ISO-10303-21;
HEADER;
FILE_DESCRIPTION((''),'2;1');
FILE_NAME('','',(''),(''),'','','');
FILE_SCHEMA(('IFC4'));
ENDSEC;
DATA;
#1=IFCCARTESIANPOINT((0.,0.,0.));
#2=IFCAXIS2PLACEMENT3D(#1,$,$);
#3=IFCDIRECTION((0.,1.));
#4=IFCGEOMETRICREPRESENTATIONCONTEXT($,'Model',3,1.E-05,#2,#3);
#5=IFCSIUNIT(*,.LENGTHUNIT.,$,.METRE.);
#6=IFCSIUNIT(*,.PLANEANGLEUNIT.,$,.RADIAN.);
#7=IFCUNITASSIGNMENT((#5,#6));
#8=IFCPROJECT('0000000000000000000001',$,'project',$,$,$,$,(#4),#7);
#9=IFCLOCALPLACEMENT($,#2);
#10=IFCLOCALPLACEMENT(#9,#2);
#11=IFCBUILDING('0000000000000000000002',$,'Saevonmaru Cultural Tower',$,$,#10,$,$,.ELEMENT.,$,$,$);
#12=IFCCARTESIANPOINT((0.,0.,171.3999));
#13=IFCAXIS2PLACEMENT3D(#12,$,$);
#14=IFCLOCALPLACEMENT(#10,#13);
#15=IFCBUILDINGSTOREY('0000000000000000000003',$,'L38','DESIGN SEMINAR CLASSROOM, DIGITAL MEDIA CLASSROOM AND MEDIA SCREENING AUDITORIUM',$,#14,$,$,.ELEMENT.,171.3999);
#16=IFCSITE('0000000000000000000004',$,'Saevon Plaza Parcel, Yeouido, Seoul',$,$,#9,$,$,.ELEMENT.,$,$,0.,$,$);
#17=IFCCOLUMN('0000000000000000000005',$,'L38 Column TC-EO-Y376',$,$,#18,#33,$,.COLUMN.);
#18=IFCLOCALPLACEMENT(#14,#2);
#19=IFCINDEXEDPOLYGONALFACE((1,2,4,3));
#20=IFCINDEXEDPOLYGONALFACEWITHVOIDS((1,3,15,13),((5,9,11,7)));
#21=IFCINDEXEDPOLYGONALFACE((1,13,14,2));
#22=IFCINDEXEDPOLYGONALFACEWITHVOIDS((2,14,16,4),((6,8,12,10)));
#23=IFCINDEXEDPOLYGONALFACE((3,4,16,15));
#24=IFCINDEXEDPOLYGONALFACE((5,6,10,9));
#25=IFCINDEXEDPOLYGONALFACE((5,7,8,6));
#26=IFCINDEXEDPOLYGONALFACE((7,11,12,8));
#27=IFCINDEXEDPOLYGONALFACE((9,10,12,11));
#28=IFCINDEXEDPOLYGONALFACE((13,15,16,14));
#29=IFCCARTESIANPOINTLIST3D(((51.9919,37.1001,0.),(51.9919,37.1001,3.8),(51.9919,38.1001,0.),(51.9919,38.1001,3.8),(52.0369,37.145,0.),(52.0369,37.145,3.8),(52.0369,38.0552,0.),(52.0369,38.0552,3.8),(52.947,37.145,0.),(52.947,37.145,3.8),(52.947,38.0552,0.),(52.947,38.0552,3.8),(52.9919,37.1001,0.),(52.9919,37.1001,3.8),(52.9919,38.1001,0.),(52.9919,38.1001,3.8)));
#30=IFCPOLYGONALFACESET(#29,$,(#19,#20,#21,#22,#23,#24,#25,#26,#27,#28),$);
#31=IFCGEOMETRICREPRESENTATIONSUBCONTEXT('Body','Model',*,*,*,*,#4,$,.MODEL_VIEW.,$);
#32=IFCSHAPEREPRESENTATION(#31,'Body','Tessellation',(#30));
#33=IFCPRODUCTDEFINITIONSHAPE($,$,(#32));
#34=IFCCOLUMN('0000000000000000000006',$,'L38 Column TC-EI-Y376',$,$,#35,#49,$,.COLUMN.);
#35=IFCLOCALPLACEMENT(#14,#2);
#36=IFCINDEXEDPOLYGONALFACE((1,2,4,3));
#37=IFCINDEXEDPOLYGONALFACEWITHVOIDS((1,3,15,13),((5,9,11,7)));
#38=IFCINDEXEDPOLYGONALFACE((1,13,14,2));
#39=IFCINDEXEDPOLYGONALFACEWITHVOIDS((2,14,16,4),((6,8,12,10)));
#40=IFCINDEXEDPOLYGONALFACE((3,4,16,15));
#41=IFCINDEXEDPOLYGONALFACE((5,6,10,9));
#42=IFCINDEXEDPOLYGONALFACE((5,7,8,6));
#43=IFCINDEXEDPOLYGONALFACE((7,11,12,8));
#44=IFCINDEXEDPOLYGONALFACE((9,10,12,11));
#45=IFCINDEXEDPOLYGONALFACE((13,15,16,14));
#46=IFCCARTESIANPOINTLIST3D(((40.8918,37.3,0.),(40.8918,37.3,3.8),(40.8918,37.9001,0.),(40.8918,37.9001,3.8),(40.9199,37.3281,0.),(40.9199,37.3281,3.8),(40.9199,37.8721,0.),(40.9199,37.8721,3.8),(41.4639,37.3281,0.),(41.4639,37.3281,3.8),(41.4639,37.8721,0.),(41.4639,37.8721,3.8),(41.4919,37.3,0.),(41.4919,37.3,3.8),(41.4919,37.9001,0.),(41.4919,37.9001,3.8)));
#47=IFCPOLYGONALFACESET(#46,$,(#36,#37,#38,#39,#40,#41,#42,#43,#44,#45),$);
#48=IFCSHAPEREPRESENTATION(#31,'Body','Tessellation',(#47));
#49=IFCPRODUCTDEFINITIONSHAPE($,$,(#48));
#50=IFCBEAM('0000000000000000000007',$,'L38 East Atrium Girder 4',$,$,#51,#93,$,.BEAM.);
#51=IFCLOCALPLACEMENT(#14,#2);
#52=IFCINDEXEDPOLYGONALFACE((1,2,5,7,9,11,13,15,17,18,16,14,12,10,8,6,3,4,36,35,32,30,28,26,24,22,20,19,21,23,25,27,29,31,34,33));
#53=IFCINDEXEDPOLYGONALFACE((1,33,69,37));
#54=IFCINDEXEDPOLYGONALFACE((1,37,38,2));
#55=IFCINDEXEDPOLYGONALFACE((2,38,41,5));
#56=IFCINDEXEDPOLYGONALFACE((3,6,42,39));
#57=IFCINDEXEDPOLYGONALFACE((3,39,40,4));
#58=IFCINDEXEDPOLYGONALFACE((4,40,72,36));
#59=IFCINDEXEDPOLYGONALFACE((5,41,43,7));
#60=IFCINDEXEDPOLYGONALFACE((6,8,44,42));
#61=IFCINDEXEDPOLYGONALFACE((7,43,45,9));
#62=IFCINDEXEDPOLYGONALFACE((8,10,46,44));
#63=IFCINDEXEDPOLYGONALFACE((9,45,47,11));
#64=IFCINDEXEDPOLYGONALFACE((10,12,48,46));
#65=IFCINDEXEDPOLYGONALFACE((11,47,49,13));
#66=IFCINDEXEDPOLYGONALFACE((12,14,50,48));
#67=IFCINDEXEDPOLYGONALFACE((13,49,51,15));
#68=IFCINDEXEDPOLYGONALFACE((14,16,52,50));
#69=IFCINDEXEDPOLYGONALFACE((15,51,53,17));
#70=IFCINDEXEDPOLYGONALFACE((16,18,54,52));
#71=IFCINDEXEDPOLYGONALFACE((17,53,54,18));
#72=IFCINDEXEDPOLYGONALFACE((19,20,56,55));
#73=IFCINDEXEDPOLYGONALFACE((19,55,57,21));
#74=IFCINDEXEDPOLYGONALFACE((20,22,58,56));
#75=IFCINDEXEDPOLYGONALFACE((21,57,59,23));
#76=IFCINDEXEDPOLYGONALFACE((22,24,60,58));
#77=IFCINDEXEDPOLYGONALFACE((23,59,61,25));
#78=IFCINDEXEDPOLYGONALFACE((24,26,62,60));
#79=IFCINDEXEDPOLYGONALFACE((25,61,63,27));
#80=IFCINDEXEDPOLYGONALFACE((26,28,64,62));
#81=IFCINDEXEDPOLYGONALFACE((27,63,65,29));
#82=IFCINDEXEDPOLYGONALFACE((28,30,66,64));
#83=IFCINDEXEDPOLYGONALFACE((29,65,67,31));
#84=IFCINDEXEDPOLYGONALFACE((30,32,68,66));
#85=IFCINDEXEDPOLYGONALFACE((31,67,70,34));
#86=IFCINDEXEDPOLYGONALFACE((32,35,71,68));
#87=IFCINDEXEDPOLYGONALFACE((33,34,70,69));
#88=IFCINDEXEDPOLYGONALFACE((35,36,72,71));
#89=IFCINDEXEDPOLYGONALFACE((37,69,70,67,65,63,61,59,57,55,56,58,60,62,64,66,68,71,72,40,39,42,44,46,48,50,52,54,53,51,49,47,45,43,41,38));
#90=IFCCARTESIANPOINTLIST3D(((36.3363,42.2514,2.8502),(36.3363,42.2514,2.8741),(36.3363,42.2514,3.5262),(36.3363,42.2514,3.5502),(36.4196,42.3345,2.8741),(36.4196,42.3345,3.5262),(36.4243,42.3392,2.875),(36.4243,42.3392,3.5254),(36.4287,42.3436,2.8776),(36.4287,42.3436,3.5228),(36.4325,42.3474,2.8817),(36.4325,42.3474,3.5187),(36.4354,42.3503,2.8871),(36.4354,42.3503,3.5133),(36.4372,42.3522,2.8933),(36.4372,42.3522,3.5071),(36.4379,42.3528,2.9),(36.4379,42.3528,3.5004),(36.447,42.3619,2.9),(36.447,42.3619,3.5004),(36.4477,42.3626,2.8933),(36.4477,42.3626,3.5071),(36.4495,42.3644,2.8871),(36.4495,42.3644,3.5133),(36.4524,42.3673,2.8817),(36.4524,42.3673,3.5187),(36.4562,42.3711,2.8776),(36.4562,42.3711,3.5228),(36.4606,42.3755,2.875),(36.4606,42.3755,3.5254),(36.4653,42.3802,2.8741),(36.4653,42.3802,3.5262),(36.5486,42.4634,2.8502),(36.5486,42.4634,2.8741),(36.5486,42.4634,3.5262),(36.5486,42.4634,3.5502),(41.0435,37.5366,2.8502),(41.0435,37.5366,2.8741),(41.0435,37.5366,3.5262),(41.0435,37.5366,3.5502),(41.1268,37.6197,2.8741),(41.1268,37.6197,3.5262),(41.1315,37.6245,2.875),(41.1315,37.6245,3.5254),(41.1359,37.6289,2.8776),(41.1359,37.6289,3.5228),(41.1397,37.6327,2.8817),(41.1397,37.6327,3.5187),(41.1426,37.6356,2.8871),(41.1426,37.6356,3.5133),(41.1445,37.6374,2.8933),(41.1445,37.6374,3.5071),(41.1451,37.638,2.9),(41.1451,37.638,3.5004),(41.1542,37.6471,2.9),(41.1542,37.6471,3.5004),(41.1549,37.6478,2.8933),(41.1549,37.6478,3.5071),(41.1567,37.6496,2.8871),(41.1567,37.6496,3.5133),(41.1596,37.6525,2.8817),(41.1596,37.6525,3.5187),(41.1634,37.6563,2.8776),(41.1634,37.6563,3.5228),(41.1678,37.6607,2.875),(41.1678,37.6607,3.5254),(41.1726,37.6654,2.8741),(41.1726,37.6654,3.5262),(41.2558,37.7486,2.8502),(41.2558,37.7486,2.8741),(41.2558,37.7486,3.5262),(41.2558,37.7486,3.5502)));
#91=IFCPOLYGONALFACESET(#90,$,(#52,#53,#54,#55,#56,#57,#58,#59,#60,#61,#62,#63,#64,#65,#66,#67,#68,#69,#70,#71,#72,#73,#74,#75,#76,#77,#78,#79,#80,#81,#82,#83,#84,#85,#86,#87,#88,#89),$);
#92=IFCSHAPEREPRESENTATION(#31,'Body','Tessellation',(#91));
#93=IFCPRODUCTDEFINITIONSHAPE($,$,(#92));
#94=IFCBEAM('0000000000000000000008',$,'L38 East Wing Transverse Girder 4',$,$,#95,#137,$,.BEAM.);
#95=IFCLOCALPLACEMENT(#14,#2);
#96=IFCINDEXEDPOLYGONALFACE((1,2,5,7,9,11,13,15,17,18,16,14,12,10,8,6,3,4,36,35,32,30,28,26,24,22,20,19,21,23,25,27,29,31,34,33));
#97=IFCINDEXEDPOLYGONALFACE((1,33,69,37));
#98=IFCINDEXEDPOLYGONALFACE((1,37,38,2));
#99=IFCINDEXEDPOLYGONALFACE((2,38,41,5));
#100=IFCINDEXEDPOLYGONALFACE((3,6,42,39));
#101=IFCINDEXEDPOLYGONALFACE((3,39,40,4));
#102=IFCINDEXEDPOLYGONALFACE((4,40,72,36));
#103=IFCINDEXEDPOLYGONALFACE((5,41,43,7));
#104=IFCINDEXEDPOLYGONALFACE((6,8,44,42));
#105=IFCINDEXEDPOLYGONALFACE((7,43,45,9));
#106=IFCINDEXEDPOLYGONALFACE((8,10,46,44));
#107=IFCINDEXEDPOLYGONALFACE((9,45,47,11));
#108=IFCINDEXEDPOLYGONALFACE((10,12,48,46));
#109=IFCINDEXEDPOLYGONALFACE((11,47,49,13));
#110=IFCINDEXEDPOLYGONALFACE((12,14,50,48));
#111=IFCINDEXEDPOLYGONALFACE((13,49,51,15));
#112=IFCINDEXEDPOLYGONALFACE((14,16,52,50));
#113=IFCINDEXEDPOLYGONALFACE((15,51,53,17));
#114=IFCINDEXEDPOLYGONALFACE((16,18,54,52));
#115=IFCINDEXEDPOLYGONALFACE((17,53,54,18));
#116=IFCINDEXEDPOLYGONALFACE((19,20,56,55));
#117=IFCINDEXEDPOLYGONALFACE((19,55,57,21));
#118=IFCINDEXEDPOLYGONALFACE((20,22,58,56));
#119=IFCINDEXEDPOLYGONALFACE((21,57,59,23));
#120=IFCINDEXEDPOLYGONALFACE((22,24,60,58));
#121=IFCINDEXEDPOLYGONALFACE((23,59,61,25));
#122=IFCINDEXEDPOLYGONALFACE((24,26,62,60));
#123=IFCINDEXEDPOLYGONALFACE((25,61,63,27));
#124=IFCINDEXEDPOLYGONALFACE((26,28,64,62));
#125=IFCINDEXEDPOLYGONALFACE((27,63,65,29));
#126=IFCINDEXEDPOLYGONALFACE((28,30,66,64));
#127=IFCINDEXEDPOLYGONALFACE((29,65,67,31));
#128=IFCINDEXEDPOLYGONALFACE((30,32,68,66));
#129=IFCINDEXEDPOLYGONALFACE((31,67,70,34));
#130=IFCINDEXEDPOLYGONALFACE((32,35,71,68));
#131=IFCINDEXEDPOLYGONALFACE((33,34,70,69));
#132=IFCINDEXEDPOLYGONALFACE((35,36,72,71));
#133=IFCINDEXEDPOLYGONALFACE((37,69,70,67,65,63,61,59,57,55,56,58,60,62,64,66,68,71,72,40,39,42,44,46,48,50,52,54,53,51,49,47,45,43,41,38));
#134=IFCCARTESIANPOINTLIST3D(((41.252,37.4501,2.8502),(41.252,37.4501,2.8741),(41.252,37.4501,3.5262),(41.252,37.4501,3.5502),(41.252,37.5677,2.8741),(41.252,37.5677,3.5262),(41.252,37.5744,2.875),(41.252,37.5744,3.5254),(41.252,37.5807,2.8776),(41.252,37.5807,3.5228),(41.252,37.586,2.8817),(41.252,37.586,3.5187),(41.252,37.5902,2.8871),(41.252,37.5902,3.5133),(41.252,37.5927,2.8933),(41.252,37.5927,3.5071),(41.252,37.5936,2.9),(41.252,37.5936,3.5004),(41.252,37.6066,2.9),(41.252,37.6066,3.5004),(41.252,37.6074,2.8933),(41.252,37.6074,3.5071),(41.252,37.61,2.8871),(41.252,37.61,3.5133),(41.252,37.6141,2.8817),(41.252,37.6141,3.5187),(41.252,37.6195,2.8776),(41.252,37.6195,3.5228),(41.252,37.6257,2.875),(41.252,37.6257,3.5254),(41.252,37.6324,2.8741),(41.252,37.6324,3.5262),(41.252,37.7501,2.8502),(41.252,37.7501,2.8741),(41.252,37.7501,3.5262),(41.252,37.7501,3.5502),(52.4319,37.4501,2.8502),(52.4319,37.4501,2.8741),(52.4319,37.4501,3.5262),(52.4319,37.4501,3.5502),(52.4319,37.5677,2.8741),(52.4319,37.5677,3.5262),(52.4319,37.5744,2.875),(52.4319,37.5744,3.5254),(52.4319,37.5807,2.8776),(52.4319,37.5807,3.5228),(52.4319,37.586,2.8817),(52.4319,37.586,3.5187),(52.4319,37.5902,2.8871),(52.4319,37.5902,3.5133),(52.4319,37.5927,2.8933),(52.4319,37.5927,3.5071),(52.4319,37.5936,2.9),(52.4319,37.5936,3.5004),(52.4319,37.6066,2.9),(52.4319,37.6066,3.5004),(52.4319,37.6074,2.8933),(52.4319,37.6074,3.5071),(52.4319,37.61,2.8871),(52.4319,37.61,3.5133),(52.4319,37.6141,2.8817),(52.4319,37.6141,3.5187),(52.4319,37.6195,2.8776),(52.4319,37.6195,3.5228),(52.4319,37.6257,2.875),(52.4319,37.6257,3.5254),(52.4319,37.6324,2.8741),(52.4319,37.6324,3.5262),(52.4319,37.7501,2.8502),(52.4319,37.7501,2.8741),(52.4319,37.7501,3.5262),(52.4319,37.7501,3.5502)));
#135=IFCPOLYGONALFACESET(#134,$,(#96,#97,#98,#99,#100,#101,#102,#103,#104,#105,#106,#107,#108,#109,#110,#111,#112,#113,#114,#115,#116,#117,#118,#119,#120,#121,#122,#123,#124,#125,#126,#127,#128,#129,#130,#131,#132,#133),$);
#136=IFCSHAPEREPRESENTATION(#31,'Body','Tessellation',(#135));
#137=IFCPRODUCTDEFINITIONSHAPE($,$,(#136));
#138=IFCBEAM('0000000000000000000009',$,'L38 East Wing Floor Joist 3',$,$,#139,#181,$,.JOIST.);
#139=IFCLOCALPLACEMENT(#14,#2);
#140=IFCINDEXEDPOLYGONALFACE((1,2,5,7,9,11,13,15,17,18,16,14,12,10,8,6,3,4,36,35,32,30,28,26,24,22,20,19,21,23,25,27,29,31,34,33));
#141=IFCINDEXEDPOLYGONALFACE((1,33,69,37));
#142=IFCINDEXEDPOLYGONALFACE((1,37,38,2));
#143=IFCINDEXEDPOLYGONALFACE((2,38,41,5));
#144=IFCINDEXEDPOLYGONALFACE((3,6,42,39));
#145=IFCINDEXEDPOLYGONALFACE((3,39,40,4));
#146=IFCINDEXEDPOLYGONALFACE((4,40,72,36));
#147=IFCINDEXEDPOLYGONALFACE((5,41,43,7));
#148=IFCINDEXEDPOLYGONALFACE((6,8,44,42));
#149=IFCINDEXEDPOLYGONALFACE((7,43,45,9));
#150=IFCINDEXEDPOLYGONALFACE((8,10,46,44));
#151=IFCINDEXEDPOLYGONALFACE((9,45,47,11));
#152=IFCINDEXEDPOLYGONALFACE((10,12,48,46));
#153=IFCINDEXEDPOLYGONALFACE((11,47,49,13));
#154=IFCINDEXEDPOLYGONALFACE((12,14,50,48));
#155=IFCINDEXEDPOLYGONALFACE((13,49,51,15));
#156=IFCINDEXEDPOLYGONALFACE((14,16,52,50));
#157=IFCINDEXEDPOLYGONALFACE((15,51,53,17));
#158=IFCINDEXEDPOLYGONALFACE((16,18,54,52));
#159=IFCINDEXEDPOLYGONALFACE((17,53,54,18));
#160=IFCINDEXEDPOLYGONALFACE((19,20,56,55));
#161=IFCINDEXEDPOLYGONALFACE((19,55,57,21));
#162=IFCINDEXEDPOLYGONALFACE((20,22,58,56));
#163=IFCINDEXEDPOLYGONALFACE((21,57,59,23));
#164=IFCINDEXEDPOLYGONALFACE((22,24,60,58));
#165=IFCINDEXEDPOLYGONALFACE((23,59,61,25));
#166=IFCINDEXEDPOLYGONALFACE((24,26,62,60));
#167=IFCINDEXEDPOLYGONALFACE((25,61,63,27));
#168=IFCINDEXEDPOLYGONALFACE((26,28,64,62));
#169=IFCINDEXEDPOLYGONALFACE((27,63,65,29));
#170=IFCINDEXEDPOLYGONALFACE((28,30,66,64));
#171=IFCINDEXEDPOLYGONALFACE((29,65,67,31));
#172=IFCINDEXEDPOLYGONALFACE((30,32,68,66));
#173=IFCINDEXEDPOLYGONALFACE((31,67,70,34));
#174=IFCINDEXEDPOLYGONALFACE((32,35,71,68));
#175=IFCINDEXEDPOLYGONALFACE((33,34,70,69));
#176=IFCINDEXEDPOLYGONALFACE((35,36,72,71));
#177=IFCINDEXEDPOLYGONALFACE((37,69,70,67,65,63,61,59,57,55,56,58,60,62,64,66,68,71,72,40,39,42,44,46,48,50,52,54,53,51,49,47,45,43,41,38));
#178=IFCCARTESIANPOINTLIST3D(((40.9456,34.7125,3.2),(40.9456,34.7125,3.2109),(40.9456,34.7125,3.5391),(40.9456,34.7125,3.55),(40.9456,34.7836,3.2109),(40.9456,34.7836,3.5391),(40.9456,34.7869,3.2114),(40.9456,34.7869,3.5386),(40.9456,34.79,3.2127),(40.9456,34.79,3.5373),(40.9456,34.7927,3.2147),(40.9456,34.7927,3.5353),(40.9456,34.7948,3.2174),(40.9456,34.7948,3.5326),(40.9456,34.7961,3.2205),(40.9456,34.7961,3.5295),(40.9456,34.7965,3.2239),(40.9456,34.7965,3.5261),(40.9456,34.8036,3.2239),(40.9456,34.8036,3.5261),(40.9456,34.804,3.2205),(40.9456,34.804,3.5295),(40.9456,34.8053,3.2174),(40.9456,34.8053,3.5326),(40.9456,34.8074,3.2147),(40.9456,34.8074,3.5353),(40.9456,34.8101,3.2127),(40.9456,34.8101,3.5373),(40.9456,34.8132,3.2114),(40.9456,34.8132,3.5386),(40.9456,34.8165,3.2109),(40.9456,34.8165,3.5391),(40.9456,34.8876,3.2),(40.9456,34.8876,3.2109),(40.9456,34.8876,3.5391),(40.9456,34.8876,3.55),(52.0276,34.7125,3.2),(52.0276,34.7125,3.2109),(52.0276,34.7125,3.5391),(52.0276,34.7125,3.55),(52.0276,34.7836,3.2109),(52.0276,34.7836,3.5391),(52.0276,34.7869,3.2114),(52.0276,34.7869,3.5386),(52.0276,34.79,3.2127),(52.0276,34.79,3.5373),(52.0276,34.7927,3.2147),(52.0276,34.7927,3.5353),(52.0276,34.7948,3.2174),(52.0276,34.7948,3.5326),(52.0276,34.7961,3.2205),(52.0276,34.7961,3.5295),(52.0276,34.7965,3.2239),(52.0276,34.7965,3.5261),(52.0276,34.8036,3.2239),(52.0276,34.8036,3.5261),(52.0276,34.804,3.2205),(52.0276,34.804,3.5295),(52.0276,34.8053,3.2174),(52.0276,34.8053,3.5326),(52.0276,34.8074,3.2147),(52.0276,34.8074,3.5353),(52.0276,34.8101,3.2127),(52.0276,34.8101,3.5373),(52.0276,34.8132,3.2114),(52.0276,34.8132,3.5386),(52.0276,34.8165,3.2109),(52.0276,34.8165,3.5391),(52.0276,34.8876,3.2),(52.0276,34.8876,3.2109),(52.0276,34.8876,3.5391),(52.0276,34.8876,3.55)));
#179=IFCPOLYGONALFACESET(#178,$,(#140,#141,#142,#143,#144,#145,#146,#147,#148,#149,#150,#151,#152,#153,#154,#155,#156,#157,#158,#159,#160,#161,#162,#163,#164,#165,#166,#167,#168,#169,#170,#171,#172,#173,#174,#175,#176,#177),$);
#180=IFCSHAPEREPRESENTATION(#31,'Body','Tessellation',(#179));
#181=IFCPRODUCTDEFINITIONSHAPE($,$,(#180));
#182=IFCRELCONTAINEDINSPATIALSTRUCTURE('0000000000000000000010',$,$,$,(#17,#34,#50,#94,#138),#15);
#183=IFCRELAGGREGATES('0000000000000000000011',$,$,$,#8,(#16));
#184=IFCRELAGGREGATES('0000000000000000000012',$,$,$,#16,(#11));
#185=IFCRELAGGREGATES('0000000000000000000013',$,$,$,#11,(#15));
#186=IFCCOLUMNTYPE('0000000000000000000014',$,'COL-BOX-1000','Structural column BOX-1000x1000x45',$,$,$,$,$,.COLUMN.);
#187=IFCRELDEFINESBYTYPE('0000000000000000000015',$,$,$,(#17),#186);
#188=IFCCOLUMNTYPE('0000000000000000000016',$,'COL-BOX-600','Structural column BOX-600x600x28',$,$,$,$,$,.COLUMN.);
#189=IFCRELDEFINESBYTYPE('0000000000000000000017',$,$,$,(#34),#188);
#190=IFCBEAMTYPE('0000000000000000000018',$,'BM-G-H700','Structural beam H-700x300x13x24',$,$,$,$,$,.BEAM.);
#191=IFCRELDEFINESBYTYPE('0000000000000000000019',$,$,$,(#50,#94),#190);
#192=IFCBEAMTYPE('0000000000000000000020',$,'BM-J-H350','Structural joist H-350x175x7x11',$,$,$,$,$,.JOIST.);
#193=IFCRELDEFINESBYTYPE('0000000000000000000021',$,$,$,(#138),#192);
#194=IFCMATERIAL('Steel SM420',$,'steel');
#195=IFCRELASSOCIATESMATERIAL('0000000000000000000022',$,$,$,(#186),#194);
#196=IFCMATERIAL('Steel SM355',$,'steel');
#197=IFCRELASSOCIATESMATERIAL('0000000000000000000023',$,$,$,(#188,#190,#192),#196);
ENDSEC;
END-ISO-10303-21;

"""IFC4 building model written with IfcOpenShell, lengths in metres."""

from ifc_helpers import new_model, si_unit, direction, frame, origin, origin_2d, place, context, subcontext, project, spatial, hollow_rectangle, i_section, extrude, material, material_profile, profile_set, type_object, element, save


model = new_model("IFC4")

# Units and contexts
model_context = context("Model", 3, precision=1e-05, world=origin(), true_north=direction((0.0, 1.0)))
body_context = subcontext(model_context, "Body", "Model", "MODEL_VIEW")
ifc_project = project(units=[si_unit("LENGTHUNIT", "METRE"), si_unit("PLANEANGLEUNIT", "RADIAN")], contexts=[model_context])

# Site, building, storey
site_placement = place(None, origin())
site = spatial("IfcSite", under=ifc_project, at=site_placement, Name="Saevon Plaza Parcel, Yeouido, Seoul", CompositionType="ELEMENT", RefElevation=0.0)
building_placement = place(site_placement, origin())
building = spatial("IfcBuilding", under=site, at=building_placement, Name="Saevonmaru Cultural Tower", CompositionType="ELEMENT")
storey_placement = place(building_placement, frame((0.0, 0.0, 171.3999)))
storey = spatial("IfcBuildingStorey", under=building, at=storey_placement, Name="L38", Description="DESIGN SEMINAR CLASSROOM, DIGITAL MEDIA CLASSROOM AND MEDIA SCREENING AUDITORIUM", CompositionType="ELEMENT", Elevation=171.3999)

# Columns
ifc_material_1 = material(Name="Steel SM420", Category="steel")
ifc_material_profile_1 = material_profile(ifc_material_1, hollow_rectangle(XDim=1.0, YDim=1.0, WallThickness=0.0449, at=origin_2d()), Name="BOX-1000x1000x45")
ifc_profile_set_1 = profile_set([ifc_material_profile_1], Name="Steel SM420")
column_type_1 = type_object("IfcColumnType", Name="COL-BOX-1000", Description="Structural column BOX-1000x1000x45", PredefinedType="COLUMN", material=ifc_profile_set_1)
column_1_placement = place(storey_placement, frame((52.4919, 37.6001, 0.0), z_axis=(0.0, 0.0, 1.0), x_axis=(1.0, 0.0, 0.0)))
element("IfcColumn", 1, at=column_1_placement, inside=storey, type_object=column_type_1, Name="L38 Column TC-EO-Y376", PredefinedType="COLUMN", context=body_context, shape_type="SweptSolid", body=[
    extrude(hollow_rectangle(XDim=1.0, YDim=1.0, WallThickness=0.0449, at=origin_2d()), origin(), (0.0, 0.0, 1.0), 3.8),
])
ifc_material_2 = material(Name="Steel SM355", Category="steel")
ifc_material_profile_2 = material_profile(ifc_material_2, hollow_rectangle(XDim=0.6001, YDim=0.6001, WallThickness=0.0281, at=origin_2d()), Name="BOX-600x600x28")
ifc_profile_set_2 = profile_set([ifc_material_profile_2], Name="Steel SM355")
column_type_2 = type_object("IfcColumnType", Name="COL-BOX-600", Description="Structural column BOX-600x600x28", PredefinedType="COLUMN", material=ifc_profile_set_2)
column_2_placement = place(storey_placement, frame((41.1919, 37.6001, 0.0), z_axis=(0.0, 0.0, 1.0), x_axis=(1.0, 0.0, 0.0)))
element("IfcColumn", 2, at=column_2_placement, inside=storey, type_object=column_type_2, Name="L38 Column TC-EI-Y376", PredefinedType="COLUMN", context=body_context, shape_type="SweptSolid", body=[
    extrude(hollow_rectangle(XDim=0.6001, YDim=0.6001, WallThickness=0.0281, at=origin_2d()), origin(), (0.0, 0.0, 1.0), 3.8),
])

# Beams
ifc_material_profile_3 = material_profile(ifc_material_2, i_section(OverallWidth=0.3, OverallDepth=0.7, WebThickness=0.0129, FlangeThickness=0.0239, FilletRadius=0.0259, at=origin_2d()), Name="H-700x300x13x24")
ifc_profile_set_3 = profile_set([ifc_material_profile_3], Name="Steel SM355")
beam_type_1 = type_object("IfcBeamType", Name="BM-G-H700", Description="Structural beam H-700x300x13x24", PredefinedType="BEAM", material=ifc_profile_set_3)
beam_1_placement = place(storey_placement, frame((41.1497, 37.6426, 3.2002), z_axis=(-0.706539, 0.707675, 0.0), x_axis=(-0.707675, -0.706539, 0.0)))
element("IfcBeam", 3, at=beam_1_placement, inside=storey, type_object=beam_type_1, Name="L38 East Atrium Girder 4", PredefinedType="BEAM", context=body_context, shape_type="SweptSolid", body=[
    extrude(i_section(OverallWidth=0.3, OverallDepth=0.7, WebThickness=0.0129, FlangeThickness=0.0239, FilletRadius=0.0259, at=origin_2d()), origin(), (0.0, 0.0, 1.0), 6.6624),
])
beam_2_placement = place(storey_placement, frame((41.252, 37.6001, 3.2002), z_axis=(1.0, 0.0, 0.0), x_axis=(0.0, 1.0, 0.0)))
element("IfcBeam", 4, at=beam_2_placement, inside=storey, type_object=beam_type_1, Name="L38 East Wing Transverse Girder 4", PredefinedType="BEAM", context=body_context, shape_type="SweptSolid", body=[
    extrude(i_section(OverallWidth=0.3, OverallDepth=0.7, WebThickness=0.0129, FlangeThickness=0.0239, FilletRadius=0.0259, at=origin_2d()), origin(), (0.0, 0.0, 1.0), 11.1799),
])
ifc_material_profile_4 = material_profile(ifc_material_2, i_section(OverallWidth=0.175, OverallDepth=0.3501, WebThickness=0.0071, FlangeThickness=0.011, FilletRadius=0.0129, at=origin_2d()), Name="H-350x175x7x11")
ifc_profile_set_4 = profile_set([ifc_material_profile_4], Name="Steel SM355")
beam_type_2 = type_object("IfcBeamType", Name="BM-J-H350", Description="Structural joist H-350x175x7x11", PredefinedType="JOIST", material=ifc_profile_set_4)
beam_3_placement = place(storey_placement, frame((40.9456, 34.8, 3.375), z_axis=(1.0, 0.0, 0.0), x_axis=(0.0, 1.0, 0.0)))
element("IfcBeam", 5, at=beam_3_placement, inside=storey, type_object=beam_type_2, Name="L38 East Wing Floor Joist 3", PredefinedType="JOIST", context=body_context, shape_type="SweptSolid", body=[
    extrude(i_section(OverallWidth=0.175, OverallDepth=0.3501, WebThickness=0.0071, FlangeThickness=0.011, FilletRadius=0.0129, at=origin_2d()), origin(), (0.0, 0.0, 1.0), 11.082),
])

save(model, "model.ifc")
